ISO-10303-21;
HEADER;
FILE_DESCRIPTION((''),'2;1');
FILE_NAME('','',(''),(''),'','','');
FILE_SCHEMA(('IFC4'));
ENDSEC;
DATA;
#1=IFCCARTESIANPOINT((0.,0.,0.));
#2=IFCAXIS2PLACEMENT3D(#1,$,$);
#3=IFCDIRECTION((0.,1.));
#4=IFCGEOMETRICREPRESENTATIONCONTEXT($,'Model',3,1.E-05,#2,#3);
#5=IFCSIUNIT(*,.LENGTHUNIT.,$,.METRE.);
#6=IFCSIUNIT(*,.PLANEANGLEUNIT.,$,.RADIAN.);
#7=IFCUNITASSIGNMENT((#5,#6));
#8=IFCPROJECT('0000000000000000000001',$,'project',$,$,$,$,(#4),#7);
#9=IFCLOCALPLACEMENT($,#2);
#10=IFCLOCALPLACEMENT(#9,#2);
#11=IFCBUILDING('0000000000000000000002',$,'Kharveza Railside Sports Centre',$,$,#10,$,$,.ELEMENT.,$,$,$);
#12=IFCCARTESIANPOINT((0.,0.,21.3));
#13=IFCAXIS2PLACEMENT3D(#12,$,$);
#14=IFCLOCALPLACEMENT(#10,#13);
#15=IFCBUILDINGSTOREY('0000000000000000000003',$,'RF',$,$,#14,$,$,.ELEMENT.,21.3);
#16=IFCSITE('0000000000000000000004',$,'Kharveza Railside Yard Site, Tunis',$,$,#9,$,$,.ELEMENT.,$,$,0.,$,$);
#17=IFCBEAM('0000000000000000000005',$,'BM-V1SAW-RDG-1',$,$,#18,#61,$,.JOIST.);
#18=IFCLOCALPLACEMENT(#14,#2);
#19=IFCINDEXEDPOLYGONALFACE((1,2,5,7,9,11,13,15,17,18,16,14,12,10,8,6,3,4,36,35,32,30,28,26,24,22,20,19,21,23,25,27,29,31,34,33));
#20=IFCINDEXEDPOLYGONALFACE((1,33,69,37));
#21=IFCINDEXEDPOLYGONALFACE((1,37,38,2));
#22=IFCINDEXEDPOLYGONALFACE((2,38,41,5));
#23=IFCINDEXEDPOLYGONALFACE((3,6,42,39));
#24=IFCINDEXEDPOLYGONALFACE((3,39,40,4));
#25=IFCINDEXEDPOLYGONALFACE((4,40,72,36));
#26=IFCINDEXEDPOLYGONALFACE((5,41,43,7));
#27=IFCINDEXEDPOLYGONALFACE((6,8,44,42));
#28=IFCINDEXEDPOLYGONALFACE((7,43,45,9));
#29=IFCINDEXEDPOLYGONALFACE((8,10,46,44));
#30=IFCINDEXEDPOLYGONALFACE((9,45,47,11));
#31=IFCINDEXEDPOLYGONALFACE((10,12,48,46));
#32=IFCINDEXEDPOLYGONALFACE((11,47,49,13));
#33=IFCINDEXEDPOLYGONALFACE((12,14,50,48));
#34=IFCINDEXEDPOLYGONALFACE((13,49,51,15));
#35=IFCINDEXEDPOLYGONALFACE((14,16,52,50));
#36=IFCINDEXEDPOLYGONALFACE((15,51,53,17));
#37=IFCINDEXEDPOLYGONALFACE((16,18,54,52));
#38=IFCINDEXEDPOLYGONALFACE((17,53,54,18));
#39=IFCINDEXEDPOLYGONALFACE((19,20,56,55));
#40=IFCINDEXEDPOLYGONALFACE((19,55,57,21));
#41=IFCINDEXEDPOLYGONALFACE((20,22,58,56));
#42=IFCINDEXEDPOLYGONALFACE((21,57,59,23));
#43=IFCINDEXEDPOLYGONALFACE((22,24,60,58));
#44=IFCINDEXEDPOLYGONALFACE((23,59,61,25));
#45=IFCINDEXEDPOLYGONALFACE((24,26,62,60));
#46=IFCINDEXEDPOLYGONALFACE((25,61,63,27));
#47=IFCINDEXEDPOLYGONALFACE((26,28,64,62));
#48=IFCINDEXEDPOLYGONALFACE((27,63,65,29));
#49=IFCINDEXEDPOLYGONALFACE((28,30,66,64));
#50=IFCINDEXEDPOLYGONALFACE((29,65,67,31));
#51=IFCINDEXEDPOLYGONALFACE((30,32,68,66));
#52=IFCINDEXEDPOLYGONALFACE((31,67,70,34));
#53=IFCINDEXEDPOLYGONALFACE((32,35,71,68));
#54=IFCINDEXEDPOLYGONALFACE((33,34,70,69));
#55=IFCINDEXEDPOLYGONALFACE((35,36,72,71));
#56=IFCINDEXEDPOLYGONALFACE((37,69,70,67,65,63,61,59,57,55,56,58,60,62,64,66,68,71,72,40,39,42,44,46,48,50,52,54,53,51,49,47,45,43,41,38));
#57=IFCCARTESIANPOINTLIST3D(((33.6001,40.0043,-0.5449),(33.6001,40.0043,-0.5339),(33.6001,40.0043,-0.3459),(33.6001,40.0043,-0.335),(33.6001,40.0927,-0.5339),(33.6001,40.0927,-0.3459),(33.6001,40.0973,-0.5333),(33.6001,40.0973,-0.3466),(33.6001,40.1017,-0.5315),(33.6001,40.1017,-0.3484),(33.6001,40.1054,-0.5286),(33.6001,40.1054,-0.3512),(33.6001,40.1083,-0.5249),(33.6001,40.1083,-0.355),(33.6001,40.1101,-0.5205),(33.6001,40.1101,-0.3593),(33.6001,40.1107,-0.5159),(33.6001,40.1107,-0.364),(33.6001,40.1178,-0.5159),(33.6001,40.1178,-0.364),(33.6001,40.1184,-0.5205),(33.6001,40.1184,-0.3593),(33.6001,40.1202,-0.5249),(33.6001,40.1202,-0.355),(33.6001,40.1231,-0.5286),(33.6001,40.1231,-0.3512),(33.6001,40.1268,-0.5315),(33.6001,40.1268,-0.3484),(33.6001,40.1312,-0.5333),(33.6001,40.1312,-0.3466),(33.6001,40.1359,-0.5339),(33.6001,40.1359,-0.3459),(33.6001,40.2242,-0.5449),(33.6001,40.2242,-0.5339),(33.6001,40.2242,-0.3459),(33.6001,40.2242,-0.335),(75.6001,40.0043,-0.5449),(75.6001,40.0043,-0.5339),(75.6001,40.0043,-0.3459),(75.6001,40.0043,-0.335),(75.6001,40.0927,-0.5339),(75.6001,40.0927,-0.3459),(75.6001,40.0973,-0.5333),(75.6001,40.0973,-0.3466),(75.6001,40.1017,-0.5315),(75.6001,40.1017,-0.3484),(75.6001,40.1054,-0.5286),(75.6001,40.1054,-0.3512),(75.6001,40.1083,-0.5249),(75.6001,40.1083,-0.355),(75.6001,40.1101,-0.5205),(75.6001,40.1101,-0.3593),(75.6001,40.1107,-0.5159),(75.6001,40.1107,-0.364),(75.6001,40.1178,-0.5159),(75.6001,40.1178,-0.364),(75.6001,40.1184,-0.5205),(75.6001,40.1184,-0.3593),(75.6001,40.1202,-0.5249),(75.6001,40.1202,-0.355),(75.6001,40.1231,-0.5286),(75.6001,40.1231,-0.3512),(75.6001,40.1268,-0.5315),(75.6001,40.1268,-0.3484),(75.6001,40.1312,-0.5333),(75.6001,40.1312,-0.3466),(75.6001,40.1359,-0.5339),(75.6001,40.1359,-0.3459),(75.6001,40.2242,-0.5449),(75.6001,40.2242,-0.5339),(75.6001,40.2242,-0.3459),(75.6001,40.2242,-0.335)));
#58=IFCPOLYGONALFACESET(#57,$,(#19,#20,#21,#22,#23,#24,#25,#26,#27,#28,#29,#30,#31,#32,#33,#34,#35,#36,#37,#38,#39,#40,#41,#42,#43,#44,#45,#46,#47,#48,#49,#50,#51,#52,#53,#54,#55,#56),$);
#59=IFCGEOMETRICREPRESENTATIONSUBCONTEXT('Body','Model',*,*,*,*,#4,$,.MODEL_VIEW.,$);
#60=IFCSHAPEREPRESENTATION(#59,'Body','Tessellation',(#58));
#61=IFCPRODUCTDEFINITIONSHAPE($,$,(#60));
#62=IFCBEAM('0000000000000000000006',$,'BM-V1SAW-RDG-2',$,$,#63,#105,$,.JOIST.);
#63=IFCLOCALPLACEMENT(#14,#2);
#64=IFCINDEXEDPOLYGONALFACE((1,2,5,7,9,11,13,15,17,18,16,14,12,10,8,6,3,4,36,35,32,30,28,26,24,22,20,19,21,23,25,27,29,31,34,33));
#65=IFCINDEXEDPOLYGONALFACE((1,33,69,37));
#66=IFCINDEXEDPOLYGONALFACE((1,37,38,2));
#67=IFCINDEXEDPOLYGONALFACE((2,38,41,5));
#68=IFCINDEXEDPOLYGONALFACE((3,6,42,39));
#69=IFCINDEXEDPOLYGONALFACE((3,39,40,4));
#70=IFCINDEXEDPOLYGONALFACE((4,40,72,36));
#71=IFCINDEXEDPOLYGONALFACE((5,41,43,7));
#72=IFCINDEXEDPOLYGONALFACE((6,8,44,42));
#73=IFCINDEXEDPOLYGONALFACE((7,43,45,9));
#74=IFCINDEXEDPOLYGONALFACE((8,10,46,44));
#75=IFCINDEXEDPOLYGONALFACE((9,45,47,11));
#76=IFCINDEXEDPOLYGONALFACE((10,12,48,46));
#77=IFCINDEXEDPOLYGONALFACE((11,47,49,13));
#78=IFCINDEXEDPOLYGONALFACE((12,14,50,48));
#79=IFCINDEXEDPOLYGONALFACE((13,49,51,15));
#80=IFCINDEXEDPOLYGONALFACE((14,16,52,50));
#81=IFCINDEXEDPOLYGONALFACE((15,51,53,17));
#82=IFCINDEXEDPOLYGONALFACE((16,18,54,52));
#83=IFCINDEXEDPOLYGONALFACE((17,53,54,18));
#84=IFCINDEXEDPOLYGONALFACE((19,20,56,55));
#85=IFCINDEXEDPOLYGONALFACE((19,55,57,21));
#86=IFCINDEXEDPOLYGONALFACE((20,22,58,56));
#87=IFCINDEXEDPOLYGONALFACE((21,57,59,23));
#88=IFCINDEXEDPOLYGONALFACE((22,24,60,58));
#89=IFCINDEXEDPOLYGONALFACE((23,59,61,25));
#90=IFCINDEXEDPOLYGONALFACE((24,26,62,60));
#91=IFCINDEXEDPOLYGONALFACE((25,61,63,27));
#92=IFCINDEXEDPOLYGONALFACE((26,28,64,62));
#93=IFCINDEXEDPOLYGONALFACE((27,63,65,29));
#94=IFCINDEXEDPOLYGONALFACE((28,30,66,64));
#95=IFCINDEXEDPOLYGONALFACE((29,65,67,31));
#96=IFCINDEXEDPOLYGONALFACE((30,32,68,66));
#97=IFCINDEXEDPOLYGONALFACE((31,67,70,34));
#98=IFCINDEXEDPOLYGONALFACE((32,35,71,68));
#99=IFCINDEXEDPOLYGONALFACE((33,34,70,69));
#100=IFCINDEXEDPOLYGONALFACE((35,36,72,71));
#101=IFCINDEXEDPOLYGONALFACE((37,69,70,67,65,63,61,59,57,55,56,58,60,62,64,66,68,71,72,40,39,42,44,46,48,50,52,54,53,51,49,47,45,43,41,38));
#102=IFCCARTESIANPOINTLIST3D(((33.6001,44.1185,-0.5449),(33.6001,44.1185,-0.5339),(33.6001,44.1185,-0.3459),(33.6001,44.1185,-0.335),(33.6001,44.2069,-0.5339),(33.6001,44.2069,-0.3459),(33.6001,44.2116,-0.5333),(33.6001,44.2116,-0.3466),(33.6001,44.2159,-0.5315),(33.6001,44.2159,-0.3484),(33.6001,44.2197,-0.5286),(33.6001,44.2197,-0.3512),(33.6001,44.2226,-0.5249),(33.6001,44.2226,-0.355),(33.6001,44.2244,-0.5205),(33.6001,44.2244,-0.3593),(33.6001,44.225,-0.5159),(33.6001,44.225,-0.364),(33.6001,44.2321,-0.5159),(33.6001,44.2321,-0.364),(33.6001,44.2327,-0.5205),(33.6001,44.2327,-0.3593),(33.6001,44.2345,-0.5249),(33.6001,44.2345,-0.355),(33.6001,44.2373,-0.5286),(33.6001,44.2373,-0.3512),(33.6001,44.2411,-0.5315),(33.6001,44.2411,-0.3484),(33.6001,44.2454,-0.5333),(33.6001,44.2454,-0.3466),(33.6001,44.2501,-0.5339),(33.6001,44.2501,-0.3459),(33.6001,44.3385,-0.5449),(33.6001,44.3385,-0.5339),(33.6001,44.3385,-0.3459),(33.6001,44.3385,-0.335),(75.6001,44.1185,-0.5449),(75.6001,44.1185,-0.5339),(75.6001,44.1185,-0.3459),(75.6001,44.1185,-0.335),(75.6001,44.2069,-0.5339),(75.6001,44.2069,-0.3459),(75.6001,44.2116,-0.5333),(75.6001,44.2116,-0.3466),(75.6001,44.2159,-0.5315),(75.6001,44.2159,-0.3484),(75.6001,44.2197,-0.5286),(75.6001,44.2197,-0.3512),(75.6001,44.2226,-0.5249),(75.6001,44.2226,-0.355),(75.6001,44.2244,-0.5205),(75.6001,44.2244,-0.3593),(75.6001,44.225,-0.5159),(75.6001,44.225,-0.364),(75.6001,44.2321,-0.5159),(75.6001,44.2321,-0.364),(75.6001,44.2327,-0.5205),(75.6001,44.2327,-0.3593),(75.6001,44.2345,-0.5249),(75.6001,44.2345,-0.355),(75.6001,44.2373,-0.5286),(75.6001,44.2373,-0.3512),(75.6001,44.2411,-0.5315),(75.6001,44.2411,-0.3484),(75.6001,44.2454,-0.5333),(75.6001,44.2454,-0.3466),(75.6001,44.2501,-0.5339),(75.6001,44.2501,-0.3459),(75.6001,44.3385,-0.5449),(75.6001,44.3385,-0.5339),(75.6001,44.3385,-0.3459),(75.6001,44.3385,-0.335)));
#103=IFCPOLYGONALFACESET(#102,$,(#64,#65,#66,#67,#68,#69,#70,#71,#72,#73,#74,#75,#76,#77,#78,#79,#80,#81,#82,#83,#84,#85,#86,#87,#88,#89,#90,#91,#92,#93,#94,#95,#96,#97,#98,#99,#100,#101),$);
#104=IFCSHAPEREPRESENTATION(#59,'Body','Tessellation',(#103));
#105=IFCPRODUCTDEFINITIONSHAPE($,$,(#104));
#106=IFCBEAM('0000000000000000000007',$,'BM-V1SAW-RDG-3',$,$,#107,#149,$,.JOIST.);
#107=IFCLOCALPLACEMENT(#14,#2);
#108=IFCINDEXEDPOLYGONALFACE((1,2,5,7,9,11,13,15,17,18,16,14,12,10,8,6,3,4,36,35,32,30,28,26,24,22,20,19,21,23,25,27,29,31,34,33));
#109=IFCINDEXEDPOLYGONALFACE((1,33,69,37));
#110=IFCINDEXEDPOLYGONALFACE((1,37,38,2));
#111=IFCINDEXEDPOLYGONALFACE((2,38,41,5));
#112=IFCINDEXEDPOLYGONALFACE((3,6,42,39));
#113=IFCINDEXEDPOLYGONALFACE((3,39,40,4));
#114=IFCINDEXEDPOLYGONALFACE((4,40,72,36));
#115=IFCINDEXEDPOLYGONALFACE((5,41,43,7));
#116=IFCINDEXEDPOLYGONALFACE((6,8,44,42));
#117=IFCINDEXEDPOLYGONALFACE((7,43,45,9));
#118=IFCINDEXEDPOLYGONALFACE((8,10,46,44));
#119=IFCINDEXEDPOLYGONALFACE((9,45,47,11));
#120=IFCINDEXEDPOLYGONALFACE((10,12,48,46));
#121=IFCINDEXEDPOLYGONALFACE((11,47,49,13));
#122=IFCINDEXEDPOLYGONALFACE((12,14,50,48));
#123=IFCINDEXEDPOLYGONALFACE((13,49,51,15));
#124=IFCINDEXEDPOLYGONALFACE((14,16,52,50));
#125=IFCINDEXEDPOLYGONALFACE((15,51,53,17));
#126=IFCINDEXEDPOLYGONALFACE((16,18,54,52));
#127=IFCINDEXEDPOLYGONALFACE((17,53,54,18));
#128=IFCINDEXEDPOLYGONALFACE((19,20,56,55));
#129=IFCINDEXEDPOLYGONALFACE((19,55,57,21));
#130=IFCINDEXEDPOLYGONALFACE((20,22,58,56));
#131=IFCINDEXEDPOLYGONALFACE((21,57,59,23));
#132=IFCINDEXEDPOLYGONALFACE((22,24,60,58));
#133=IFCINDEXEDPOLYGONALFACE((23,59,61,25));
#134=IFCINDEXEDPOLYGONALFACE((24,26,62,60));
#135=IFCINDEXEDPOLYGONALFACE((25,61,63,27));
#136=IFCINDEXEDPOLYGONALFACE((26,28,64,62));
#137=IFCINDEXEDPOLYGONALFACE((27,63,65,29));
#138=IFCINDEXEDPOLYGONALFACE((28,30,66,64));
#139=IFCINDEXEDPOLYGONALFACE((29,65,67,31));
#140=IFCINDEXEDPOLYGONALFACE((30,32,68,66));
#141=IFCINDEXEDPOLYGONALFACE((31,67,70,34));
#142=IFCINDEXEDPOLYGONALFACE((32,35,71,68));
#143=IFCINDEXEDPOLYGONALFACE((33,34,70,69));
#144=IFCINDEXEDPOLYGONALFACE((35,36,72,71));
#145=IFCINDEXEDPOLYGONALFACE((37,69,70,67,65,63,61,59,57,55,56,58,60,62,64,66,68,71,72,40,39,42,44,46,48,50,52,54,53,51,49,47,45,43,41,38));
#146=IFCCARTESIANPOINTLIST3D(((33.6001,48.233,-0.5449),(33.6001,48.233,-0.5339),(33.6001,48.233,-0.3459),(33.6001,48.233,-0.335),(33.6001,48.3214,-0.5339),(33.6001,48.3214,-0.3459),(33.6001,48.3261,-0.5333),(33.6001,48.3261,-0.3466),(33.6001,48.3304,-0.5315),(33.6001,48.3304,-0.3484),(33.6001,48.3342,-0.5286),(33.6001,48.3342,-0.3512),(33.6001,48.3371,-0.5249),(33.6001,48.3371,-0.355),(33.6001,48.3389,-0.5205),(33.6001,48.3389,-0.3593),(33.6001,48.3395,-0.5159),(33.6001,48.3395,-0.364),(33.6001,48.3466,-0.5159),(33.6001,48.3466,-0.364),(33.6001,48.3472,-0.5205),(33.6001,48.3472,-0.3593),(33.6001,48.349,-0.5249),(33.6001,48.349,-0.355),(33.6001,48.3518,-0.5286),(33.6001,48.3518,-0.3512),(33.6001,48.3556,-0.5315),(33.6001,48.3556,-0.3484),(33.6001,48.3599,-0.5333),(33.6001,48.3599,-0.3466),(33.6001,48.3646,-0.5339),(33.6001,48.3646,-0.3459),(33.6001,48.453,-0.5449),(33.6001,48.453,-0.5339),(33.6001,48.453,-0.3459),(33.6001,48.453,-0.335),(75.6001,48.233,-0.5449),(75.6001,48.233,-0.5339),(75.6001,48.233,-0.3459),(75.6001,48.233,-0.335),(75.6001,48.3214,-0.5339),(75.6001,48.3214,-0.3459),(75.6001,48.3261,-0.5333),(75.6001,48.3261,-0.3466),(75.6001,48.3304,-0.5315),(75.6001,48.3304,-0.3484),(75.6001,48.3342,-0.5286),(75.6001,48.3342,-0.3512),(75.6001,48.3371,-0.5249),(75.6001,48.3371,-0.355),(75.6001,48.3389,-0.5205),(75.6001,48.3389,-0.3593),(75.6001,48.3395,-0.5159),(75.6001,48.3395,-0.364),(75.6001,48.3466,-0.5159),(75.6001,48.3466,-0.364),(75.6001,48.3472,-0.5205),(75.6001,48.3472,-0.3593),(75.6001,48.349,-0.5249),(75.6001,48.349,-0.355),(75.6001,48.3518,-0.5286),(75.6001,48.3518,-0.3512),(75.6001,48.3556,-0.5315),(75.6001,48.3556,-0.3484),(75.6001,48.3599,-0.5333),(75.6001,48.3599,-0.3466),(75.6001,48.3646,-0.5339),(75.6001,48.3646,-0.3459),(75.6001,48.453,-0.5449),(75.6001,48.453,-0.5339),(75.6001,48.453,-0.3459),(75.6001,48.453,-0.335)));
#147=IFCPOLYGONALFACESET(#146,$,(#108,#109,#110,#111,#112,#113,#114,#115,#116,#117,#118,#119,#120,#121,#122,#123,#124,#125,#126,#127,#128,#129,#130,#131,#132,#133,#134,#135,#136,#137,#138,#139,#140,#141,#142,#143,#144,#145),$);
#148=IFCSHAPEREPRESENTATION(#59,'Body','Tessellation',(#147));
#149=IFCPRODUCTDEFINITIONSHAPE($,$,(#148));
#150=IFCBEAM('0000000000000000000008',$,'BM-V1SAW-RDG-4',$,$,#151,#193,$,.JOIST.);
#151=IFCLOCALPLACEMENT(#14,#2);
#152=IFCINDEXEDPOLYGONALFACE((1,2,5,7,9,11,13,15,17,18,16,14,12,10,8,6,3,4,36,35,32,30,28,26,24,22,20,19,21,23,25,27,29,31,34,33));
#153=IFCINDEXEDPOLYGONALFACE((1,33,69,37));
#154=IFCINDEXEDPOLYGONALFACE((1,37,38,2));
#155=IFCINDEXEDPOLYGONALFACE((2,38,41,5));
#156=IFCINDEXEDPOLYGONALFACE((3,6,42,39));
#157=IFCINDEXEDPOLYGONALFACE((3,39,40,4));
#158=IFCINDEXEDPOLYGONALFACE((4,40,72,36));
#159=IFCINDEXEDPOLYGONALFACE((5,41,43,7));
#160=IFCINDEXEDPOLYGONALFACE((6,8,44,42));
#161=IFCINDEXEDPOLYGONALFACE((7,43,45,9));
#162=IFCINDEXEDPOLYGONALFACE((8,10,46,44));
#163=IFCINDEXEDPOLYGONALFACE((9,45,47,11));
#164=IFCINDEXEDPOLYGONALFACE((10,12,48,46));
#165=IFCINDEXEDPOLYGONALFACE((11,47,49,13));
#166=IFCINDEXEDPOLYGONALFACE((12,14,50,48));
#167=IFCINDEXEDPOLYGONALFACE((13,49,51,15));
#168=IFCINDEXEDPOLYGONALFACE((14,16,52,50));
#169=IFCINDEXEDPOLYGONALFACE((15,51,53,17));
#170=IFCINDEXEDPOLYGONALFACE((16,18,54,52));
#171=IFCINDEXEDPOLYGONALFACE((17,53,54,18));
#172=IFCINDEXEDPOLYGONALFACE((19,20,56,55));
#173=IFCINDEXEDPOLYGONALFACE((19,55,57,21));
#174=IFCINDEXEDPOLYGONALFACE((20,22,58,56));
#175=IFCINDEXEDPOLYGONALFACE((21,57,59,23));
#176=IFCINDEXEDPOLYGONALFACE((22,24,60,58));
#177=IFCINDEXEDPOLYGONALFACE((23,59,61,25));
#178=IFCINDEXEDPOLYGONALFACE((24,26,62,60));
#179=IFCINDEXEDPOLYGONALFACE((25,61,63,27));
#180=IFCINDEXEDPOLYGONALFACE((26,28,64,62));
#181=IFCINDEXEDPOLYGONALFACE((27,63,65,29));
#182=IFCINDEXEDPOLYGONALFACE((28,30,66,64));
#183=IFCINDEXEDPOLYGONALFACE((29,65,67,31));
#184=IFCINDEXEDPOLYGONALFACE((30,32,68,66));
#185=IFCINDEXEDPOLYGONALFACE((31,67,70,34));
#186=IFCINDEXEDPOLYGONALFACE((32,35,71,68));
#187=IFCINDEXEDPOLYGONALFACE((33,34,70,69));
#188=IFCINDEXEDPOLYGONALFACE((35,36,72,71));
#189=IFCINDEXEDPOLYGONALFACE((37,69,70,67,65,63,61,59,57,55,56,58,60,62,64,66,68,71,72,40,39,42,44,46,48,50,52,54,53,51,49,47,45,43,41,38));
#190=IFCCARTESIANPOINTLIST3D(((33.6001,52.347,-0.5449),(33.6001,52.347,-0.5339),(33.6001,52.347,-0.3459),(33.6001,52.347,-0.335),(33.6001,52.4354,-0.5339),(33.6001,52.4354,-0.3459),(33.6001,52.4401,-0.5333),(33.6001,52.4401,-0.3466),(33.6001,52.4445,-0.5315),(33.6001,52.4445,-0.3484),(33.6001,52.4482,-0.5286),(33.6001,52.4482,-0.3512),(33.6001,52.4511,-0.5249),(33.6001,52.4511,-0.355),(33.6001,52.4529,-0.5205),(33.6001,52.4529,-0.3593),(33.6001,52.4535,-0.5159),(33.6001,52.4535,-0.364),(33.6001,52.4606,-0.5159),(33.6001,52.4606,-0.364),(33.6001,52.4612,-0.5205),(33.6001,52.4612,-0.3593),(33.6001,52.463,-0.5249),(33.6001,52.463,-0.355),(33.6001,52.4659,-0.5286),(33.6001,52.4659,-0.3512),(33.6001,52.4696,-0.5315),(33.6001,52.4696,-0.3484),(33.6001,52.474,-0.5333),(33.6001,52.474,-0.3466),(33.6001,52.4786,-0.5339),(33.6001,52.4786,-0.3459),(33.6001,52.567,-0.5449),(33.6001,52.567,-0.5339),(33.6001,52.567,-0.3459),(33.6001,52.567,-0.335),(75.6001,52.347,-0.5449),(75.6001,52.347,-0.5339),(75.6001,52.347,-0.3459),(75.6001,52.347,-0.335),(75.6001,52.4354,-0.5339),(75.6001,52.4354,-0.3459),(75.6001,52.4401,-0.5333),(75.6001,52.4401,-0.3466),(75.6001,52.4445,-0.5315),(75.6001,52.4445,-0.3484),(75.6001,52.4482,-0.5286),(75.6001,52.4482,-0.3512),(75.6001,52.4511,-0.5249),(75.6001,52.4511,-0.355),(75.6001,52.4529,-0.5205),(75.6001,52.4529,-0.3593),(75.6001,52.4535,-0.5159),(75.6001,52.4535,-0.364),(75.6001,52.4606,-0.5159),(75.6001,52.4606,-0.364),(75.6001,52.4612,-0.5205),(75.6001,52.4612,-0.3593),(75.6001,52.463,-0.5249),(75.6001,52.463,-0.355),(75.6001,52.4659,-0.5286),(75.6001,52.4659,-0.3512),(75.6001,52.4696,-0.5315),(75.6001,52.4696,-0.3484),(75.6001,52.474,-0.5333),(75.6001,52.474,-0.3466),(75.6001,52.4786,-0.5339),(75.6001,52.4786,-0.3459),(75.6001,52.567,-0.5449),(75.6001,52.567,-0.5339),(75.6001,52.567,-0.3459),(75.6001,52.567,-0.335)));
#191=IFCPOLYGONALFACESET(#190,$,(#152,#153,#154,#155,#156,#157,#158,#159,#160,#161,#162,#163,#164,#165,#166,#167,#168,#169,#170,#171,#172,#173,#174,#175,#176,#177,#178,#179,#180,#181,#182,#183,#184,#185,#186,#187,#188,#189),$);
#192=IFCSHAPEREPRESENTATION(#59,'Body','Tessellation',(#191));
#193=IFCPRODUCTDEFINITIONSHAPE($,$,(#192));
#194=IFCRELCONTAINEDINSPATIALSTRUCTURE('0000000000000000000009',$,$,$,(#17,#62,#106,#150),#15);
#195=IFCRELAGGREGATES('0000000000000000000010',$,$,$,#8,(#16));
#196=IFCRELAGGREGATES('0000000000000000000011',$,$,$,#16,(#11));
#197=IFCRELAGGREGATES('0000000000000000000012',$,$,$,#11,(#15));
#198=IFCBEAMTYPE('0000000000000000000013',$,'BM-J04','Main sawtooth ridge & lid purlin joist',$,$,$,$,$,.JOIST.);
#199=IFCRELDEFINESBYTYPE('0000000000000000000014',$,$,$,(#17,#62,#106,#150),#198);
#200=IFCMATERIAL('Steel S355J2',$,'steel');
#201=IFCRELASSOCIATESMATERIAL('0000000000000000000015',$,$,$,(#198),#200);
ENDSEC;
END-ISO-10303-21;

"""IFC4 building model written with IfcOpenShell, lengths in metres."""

from ifc_helpers import new_model, si_unit, direction, frame, origin, origin_2d, place, context, subcontext, project, spatial, i_section, extrude, material, material_profile, profile_set, type_object, element, save


model = new_model("IFC4")

# Units and contexts
model_context = context("Model", 3, precision=1e-05, world=origin(), true_north=direction((0.0, 1.0)))
body_context = subcontext(model_context, "Body", "Model", "MODEL_VIEW")
ifc_project = project(units=[si_unit("LENGTHUNIT", "METRE"), si_unit("PLANEANGLEUNIT", "RADIAN")], contexts=[model_context])

# Site, building, storey
site_placement = place(None, origin())
site = spatial("IfcSite", under=ifc_project, at=site_placement, Name="Kharveza Railside Yard Site, Tunis", CompositionType="ELEMENT", RefElevation=0.0)
building_placement = place(site_placement, origin())
building = spatial("IfcBuilding", under=site, at=building_placement, Name="Kharveza Railside Sports Centre", CompositionType="ELEMENT")
storey_placement = place(building_placement, frame((0.0, 0.0, 21.3)))
storey = spatial("IfcBuildingStorey", under=building, at=storey_placement, Name="RF", CompositionType="ELEMENT", Elevation=21.3)

# Beams
ifc_material_1 = material(Name="Steel S355J2", Category="steel")
ifc_material_profile = material_profile(ifc_material_1, i_section(OverallWidth=0.22, OverallDepth=0.21, WebThickness=0.0071, FlangeThickness=0.011, FilletRadius=0.0181, at=origin_2d()), Name="HEA 220")
ifc_profile_set = profile_set([ifc_material_profile], Name="Steel S355J2")
beam_type = type_object("IfcBeamType", Name="BM-J04", Description="Main sawtooth ridge & lid purlin joist", PredefinedType="JOIST", material=ifc_profile_set)
for number, where, z_axis, x_axis, name in (
    (1, (33.6001, 40.1143, -0.4399), (1.0, 0.0, 0.0), (0.0, 1.0, 0.0), "BM-V1SAW-RDG-1"),
    (2, (33.6001, 44.2285, -0.4399), (1.0, 0.0, 0.0), (0.0, 1.0, 0.0), "BM-V1SAW-RDG-2"),
    (3, (33.6001, 48.343, -0.4399), (1.0, 0.0, 0.0), (0.0, 1.0, 0.0), "BM-V1SAW-RDG-3"),
    (4, (33.6001, 52.457, -0.4399), (1.0, 0.0, 0.0), (0.0, 1.0, 0.0), "BM-V1SAW-RDG-4"),
):
    element("IfcBeam", number, at=place(storey_placement, frame(where, z_axis=z_axis, x_axis=x_axis)), inside=storey, type_object=beam_type, Name=name, PredefinedType="JOIST", context=body_context, shape_type="SweptSolid", body=[
        extrude(i_section(OverallWidth=0.22, OverallDepth=0.21, WebThickness=0.0071, FlangeThickness=0.011, FilletRadius=0.0181, at=origin_2d()), origin(), (0.0, 0.0, 1.0), 42.0),
    ])

save(model, "model.ifc")
